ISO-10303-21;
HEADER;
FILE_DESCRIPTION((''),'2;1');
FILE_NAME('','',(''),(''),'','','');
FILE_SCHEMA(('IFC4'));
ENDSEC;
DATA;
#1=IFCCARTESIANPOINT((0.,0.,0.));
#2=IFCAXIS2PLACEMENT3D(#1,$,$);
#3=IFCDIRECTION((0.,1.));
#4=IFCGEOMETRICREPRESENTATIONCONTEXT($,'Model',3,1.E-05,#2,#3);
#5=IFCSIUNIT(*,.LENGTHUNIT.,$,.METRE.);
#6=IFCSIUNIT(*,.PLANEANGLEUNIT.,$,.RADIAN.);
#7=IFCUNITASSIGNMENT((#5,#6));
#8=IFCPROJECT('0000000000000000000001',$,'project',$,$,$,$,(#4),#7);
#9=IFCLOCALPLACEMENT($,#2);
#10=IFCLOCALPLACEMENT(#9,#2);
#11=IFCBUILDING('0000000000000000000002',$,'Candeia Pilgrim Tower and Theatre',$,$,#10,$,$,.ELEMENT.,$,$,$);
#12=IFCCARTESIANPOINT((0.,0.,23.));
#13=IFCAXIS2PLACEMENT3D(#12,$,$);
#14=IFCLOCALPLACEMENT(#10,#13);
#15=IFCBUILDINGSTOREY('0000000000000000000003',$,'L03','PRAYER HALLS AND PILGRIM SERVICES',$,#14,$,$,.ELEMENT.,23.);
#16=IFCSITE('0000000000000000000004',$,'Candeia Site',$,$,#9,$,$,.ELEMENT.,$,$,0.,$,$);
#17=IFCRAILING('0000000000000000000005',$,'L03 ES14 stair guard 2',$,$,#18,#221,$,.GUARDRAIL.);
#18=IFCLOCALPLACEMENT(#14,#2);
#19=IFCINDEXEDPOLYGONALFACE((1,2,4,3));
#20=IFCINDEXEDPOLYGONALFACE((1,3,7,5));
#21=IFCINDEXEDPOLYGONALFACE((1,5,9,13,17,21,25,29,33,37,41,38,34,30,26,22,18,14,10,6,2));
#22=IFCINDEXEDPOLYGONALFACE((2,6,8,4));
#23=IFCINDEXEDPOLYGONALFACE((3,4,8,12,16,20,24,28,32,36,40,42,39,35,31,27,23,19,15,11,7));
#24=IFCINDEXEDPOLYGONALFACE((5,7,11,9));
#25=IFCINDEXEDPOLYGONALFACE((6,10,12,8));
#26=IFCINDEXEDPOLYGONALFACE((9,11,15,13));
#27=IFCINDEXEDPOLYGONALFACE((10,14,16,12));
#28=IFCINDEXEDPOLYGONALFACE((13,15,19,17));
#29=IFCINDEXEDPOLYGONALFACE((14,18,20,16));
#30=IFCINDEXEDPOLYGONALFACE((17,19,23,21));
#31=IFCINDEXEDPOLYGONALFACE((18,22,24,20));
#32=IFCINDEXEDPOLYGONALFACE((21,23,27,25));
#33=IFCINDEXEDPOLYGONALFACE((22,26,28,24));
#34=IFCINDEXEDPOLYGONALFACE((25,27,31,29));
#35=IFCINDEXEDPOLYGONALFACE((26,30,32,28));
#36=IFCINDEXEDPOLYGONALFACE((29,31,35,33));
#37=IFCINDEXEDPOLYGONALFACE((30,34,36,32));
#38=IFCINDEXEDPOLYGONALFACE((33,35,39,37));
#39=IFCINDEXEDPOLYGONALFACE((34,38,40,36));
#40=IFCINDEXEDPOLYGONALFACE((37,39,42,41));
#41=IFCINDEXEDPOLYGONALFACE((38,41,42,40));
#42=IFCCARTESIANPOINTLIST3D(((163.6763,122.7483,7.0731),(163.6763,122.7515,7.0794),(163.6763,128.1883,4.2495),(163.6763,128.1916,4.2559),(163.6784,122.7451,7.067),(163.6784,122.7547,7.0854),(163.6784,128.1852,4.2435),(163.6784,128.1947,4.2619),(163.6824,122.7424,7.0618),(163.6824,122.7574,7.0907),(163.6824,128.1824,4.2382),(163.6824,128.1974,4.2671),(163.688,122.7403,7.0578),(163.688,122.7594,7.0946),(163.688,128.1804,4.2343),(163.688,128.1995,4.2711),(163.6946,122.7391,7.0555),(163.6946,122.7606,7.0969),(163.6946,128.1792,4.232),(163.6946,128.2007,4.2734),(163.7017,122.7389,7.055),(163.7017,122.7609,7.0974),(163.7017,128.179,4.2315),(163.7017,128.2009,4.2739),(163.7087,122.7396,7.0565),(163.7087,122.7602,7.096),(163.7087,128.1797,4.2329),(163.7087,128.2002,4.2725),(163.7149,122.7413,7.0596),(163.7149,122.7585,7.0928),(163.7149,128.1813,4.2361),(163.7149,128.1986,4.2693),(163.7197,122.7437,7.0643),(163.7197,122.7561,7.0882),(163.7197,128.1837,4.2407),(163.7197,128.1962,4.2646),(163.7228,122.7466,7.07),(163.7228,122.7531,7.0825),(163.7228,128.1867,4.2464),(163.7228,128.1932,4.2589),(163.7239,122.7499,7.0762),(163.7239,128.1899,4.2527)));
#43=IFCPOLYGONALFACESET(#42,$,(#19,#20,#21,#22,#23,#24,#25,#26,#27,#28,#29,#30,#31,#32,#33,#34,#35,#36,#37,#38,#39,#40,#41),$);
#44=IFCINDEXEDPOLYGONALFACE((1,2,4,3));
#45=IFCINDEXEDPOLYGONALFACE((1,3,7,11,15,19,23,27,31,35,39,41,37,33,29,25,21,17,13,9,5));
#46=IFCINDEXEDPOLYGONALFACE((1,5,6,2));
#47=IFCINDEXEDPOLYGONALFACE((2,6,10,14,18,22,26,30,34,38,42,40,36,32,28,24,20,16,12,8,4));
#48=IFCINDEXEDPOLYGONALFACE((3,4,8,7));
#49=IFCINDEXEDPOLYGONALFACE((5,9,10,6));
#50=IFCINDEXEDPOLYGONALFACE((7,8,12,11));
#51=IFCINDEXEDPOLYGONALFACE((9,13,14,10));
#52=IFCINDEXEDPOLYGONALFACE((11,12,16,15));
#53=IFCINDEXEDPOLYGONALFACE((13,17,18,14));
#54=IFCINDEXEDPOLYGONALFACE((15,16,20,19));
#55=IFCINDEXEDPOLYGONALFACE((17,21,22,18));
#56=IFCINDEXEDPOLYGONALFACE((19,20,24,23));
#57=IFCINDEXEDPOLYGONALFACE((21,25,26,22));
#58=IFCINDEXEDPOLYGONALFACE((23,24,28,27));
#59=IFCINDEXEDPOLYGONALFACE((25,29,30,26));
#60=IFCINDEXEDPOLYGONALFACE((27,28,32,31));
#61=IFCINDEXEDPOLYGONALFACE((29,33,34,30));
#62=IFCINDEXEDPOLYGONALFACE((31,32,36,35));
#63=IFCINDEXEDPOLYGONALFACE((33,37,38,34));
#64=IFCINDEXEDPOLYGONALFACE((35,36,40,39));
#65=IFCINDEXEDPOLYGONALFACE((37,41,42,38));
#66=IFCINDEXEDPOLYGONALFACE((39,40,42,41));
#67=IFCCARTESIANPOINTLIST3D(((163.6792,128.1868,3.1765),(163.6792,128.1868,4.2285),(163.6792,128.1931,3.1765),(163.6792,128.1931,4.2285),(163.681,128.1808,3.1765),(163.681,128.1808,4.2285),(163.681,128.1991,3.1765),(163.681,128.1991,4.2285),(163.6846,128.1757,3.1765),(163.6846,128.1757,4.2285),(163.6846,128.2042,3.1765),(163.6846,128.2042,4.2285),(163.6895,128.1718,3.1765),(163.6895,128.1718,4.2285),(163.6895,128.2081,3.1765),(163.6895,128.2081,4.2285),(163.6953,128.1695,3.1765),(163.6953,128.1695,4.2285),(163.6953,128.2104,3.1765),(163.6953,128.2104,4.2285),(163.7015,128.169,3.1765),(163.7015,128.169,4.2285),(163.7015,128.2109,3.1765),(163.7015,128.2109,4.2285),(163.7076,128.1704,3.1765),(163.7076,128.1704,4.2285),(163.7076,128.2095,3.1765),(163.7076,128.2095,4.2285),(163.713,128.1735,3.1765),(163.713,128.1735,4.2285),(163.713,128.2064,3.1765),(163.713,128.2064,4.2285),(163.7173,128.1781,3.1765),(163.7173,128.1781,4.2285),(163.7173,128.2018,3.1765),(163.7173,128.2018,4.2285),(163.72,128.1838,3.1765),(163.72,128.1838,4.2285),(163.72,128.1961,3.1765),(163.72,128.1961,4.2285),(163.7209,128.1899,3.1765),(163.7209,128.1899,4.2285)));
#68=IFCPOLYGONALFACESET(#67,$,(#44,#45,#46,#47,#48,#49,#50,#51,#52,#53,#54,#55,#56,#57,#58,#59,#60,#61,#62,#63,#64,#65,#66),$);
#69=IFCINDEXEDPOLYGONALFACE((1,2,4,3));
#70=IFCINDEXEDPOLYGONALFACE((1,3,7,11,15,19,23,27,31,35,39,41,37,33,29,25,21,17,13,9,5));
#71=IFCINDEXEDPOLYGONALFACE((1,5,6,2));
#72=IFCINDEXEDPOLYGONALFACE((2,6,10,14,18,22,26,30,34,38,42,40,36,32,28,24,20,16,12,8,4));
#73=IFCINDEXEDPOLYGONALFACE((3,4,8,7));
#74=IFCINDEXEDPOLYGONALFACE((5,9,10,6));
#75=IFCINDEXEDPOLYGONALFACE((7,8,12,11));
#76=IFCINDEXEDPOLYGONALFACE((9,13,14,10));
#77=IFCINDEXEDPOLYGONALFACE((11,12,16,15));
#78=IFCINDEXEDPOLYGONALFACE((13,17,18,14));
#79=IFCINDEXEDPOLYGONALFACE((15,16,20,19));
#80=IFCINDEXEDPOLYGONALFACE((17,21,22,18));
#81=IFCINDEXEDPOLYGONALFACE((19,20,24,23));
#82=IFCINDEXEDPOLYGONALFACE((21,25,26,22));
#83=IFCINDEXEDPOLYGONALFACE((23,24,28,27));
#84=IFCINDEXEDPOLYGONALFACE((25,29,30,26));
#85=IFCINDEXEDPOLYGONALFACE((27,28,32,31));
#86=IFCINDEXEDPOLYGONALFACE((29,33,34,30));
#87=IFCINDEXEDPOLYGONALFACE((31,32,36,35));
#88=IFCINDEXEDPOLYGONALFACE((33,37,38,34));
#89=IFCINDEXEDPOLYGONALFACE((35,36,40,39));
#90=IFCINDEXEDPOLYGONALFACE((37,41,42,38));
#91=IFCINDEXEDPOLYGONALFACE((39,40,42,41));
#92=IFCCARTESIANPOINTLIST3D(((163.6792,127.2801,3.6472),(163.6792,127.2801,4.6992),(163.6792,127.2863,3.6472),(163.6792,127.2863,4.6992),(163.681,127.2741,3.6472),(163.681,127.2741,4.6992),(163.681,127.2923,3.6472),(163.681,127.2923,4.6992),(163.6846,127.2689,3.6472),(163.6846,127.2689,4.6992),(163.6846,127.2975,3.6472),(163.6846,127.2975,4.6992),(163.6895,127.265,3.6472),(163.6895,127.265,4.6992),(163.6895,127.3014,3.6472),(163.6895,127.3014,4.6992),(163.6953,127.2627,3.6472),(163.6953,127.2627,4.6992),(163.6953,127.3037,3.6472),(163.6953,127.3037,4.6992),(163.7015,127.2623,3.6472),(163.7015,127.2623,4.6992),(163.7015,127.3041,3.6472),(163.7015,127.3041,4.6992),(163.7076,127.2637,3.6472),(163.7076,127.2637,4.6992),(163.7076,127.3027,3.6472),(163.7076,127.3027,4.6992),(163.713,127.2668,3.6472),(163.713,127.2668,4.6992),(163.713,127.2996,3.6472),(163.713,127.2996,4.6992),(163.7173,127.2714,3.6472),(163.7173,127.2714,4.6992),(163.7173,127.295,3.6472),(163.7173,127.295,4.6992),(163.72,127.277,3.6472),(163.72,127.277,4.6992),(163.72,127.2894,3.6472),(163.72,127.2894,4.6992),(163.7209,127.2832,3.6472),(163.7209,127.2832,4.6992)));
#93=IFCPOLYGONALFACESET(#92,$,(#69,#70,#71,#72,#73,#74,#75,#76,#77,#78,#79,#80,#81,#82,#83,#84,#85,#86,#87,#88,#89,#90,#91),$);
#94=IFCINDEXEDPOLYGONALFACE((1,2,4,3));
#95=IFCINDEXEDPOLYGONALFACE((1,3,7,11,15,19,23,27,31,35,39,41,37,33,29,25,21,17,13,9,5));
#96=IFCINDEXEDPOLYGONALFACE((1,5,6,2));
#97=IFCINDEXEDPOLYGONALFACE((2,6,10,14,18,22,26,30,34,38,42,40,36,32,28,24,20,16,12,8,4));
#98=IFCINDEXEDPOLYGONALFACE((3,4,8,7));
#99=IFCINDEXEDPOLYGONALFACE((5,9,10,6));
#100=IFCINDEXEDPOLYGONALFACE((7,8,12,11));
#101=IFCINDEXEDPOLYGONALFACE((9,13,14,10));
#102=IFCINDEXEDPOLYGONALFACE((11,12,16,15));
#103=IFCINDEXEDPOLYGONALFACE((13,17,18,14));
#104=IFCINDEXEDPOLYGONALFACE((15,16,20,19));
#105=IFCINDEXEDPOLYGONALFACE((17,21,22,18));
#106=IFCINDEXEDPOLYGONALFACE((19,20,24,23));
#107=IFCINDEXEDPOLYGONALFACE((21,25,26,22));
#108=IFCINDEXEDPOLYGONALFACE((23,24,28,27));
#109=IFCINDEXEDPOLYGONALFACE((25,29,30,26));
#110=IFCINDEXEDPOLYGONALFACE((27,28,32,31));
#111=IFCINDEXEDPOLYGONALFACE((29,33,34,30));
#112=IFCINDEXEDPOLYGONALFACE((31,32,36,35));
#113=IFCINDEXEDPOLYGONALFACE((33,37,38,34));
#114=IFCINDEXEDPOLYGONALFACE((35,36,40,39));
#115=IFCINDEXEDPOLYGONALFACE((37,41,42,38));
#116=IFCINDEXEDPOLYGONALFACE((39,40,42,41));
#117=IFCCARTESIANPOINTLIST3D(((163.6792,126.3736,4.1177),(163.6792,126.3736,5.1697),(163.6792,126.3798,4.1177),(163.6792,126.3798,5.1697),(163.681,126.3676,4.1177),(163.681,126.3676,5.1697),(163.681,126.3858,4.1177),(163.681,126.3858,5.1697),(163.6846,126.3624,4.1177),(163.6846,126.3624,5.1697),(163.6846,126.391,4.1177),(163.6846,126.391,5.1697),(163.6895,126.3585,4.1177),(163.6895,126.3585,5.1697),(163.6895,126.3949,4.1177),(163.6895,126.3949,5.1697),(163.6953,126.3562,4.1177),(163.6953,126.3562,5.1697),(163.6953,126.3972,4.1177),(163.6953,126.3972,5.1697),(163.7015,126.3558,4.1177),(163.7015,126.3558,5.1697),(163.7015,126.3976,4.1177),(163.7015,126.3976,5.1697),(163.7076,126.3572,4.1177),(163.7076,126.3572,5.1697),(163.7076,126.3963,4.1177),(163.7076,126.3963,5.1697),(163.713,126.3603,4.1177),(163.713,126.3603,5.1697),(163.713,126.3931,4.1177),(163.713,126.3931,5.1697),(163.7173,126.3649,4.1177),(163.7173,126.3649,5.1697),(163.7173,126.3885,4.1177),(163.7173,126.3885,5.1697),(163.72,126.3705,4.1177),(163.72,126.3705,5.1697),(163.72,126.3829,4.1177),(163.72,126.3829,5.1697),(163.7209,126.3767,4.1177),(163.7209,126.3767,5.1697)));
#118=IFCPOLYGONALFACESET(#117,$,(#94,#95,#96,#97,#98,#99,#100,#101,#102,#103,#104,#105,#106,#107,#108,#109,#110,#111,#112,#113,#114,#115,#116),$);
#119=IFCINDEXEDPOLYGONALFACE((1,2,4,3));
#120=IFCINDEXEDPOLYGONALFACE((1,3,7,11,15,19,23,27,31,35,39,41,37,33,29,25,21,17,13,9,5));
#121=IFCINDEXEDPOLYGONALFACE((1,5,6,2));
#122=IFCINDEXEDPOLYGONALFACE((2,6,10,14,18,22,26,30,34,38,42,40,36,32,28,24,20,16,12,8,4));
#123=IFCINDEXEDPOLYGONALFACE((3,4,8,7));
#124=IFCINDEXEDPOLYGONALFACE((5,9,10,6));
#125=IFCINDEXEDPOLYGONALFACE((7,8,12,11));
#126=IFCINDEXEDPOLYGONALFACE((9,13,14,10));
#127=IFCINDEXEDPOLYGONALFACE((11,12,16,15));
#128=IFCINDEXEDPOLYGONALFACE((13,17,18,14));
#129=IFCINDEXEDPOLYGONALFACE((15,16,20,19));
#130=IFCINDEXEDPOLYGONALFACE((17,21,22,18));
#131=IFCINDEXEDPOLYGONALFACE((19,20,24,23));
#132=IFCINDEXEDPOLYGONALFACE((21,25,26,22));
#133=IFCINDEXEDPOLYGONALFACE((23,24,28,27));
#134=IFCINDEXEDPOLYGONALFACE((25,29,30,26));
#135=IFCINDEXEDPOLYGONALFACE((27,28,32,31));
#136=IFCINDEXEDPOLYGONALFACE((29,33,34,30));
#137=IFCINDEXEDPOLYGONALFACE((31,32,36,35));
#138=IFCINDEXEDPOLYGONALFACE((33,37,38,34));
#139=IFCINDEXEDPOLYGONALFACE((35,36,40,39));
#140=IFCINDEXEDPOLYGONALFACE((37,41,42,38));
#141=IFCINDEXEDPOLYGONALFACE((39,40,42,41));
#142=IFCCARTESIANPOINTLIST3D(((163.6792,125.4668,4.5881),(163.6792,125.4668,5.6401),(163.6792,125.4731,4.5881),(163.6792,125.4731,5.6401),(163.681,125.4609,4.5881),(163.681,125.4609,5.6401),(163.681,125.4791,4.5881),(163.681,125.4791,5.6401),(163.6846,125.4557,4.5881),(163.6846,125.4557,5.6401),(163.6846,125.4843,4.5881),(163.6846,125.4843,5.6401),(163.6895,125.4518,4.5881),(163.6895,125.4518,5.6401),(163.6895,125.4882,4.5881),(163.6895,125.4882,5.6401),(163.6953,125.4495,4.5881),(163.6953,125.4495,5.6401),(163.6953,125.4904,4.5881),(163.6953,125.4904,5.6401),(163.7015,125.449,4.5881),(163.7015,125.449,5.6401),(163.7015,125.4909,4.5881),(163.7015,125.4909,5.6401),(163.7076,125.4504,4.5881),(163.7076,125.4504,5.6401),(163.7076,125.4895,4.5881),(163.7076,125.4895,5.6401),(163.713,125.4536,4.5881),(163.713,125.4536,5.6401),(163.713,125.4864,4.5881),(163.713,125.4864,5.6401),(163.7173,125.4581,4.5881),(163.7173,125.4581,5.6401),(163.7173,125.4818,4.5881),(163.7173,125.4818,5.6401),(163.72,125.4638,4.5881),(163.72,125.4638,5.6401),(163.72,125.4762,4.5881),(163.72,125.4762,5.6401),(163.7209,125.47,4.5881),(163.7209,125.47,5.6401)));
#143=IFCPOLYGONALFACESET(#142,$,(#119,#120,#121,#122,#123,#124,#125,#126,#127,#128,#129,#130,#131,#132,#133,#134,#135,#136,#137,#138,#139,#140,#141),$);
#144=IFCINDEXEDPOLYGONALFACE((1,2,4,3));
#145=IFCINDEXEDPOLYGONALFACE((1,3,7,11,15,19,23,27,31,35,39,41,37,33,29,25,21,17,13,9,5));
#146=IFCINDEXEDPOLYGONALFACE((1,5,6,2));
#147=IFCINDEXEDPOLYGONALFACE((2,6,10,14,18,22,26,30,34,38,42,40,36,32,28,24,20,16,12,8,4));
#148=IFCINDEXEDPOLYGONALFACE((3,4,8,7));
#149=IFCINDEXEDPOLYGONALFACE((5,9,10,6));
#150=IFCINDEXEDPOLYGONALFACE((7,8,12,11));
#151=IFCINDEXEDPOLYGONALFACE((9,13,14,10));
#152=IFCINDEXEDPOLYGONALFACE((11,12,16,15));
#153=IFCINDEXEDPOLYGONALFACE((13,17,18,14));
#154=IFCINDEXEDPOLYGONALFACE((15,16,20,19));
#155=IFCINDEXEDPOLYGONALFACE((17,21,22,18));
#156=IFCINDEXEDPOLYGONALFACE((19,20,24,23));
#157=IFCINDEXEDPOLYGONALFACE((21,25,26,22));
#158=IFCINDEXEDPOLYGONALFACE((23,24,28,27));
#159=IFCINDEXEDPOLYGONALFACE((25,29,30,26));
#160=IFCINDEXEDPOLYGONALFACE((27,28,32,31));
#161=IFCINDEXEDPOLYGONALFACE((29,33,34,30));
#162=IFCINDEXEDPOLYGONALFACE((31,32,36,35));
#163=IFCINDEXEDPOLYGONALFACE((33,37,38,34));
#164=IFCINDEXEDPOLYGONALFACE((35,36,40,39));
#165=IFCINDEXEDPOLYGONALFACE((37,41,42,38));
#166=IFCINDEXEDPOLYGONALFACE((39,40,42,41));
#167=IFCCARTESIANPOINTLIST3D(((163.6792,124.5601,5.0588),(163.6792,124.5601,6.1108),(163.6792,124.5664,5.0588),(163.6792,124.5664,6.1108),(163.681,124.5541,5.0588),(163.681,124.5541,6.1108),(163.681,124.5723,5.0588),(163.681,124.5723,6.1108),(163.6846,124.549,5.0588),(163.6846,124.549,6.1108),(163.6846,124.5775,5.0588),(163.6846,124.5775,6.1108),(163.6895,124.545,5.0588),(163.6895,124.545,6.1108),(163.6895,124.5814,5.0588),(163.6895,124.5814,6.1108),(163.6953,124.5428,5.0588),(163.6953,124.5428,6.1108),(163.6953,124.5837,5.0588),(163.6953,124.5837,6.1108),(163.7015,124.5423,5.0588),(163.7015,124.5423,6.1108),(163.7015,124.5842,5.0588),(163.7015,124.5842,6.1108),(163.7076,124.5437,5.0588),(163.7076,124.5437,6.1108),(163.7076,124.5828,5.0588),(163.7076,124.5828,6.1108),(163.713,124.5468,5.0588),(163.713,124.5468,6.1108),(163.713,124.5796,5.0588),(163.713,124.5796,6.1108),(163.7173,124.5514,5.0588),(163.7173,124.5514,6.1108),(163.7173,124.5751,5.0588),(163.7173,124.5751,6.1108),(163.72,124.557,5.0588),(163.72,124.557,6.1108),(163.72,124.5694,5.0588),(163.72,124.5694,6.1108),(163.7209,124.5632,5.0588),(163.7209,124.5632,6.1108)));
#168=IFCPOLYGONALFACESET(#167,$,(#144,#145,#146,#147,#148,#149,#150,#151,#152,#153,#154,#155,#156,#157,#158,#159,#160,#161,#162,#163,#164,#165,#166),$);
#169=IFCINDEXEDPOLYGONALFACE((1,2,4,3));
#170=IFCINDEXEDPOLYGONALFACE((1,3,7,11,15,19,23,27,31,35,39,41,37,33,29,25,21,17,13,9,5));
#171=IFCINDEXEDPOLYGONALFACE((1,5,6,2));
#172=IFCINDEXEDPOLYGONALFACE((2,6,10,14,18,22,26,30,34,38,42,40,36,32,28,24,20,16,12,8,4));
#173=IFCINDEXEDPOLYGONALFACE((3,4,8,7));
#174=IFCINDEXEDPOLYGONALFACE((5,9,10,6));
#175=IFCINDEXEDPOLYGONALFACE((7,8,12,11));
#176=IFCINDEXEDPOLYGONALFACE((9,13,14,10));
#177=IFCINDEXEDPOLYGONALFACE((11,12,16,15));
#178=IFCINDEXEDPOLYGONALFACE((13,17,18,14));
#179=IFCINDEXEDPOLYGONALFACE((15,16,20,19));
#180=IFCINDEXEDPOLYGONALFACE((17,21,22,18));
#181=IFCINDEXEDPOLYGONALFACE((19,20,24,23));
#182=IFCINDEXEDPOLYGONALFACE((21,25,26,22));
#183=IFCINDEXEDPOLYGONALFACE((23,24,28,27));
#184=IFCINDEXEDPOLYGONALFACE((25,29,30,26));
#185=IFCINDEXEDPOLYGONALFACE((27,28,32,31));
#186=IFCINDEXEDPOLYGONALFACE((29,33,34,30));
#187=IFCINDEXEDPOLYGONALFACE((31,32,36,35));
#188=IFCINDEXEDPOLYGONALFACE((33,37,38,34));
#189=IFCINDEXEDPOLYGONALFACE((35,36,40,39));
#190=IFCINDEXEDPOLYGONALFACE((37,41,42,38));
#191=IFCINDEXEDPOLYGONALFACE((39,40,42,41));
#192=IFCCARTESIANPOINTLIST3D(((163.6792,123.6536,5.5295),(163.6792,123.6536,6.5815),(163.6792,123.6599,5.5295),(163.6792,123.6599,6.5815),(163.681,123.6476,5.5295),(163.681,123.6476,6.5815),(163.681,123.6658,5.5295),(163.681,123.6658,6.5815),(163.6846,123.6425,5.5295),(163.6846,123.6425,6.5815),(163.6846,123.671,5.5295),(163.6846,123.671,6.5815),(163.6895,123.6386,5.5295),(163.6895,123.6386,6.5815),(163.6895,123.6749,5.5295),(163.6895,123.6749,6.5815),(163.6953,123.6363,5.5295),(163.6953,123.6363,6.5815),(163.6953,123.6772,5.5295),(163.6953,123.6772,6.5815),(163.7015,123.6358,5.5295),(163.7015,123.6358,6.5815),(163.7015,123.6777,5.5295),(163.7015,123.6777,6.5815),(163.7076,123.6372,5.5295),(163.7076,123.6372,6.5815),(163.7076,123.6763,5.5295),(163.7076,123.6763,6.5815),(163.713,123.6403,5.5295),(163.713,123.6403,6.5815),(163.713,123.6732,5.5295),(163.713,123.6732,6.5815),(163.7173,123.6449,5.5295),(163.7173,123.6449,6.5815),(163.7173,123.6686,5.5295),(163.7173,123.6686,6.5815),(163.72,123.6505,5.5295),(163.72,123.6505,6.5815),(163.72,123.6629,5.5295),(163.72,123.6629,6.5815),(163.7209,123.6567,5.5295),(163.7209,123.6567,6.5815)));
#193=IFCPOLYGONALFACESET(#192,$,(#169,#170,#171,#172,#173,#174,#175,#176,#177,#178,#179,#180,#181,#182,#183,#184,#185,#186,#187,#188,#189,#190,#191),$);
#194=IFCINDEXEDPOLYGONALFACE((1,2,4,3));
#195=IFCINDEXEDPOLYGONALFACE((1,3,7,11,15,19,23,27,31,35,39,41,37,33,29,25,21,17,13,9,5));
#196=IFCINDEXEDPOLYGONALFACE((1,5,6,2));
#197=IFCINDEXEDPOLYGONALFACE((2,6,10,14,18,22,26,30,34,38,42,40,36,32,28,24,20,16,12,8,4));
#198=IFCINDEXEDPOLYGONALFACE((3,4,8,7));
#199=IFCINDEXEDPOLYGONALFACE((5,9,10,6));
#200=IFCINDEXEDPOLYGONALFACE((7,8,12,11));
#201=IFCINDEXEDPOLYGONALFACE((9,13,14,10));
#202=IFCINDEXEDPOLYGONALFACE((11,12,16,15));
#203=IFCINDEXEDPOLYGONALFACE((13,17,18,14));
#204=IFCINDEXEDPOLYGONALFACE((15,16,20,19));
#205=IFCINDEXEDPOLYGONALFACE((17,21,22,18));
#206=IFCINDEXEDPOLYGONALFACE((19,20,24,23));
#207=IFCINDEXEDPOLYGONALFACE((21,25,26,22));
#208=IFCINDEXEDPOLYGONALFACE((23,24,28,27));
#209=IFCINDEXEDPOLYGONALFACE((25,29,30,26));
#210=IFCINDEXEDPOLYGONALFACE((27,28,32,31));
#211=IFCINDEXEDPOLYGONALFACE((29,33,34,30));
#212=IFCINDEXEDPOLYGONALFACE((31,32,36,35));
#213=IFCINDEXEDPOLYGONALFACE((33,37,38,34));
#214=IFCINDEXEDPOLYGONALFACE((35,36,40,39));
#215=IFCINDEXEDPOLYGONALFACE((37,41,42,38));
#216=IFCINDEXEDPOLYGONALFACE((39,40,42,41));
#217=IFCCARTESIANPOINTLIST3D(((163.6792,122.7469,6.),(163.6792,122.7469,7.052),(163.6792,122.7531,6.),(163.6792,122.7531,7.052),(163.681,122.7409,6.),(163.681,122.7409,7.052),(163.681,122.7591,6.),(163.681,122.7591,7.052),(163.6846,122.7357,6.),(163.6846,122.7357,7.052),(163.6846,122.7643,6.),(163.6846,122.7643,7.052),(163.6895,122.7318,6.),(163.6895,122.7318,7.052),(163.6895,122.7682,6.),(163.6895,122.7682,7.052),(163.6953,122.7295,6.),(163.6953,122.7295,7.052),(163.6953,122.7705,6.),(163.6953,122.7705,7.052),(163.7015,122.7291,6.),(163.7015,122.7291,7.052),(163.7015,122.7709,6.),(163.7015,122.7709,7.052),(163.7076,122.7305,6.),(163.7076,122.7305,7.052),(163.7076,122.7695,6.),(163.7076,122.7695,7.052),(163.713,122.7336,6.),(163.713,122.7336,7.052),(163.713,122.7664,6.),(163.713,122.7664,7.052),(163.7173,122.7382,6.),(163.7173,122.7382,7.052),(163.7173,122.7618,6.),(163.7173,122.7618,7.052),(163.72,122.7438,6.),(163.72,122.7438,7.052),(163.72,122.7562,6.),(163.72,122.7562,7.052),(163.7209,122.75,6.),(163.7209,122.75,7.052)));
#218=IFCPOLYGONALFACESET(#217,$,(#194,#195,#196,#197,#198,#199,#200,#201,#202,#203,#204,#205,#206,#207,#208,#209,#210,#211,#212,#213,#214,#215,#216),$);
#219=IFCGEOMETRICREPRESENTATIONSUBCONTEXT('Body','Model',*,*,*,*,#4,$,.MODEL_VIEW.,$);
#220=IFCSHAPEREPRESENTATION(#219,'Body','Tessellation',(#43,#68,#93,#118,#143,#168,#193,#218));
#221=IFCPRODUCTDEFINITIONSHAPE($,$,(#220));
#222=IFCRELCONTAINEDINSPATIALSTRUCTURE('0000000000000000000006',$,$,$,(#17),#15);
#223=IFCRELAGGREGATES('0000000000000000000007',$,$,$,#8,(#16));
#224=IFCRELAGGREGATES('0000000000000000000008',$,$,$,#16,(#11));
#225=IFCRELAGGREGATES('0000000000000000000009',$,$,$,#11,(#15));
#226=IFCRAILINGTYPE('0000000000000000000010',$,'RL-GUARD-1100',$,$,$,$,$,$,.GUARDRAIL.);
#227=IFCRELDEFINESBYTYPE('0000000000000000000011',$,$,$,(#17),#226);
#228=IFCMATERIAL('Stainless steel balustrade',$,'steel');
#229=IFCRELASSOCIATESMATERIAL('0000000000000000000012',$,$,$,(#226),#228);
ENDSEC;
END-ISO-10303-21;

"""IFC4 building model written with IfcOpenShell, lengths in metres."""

from ifc_helpers import new_model, si_unit, direction, frame, origin, origin_2d, place, context, subcontext, project, spatial, circle, extrude, material, type_object, element, save


model = new_model("IFC4")

# Units and contexts
model_context = context("Model", 3, precision=1e-05, world=origin(), true_north=direction((0.0, 1.0)))
body_context = subcontext(model_context, "Body", "Model", "MODEL_VIEW")
ifc_project = project(units=[si_unit("LENGTHUNIT", "METRE"), si_unit("PLANEANGLEUNIT", "RADIAN")], contexts=[model_context])

# Site, building, storey
site_placement = place(None, origin())
site = spatial("IfcSite", under=ifc_project, at=site_placement, Name="Candeia Site", CompositionType="ELEMENT", RefElevation=0.0)
building_placement = place(site_placement, origin())
building = spatial("IfcBuilding", under=site, at=building_placement, Name="Candeia Pilgrim Tower and Theatre", CompositionType="ELEMENT")
storey_placement = place(building_placement, frame((0.0, 0.0, 23.0)))
storey = spatial("IfcBuildingStorey", under=building, at=storey_placement, Name="L03", Description="PRAYER HALLS AND PILGRIM SERVICES", CompositionType="ELEMENT", Elevation=23.0)

# Railing
ifc_material_1 = material(Name="Stainless steel balustrade", Category="steel")
railing_type_1 = type_object("IfcRailingType", Name="RL-GUARD-1100", PredefinedType="GUARDRAIL", material=ifc_material_1)
railing_1_placement = place(storey_placement, frame((163.7, 128.1899, 3.1765)))
element("IfcRailing", 1, at=railing_1_placement, inside=storey, type_object=railing_type_1, Name="L03 ES14 stair guard 2", PredefinedType="GUARDRAIL", context=body_context, shape_type="SweptSolid", body=[
    extrude(circle(Radius=0.0239, at=origin_2d()), frame((0.0, 0.0, 1.0762), z_axis=(0.0, -0.887569, 0.460674), x_axis=(1.0, 0.0, 0.0)), (0.0, 0.0, 1.0), 6.1292),
    extrude(circle(Radius=0.021, at=origin_2d()), origin(), (0.0, 0.0, 1.0), 1.052),
    extrude(circle(Radius=0.021, at=origin_2d()), frame((0.0, -0.9067, 0.4707)), (0.0, 0.0, 1.0), 1.052),
    extrude(circle(Radius=0.021, at=origin_2d()), frame((0.0, -1.8132, 0.9412)), (0.0, 0.0, 1.0), 1.052),
    extrude(circle(Radius=0.021, at=origin_2d()), frame((0.0, -2.72, 1.4116)), (0.0, 0.0, 1.0), 1.052),
    extrude(circle(Radius=0.021, at=origin_2d()), frame((0.0, -3.6267, 1.8823)), (0.0, 0.0, 1.0), 1.052),
    extrude(circle(Radius=0.021, at=origin_2d()), frame((0.0, -4.5332, 2.353)), (0.0, 0.0, 1.0), 1.052),
    extrude(circle(Radius=0.021, at=origin_2d()), frame((0.0, -5.4399, 2.8235)), (0.0, 0.0, 1.0), 1.052),
])

save(model, "model.ifc")
